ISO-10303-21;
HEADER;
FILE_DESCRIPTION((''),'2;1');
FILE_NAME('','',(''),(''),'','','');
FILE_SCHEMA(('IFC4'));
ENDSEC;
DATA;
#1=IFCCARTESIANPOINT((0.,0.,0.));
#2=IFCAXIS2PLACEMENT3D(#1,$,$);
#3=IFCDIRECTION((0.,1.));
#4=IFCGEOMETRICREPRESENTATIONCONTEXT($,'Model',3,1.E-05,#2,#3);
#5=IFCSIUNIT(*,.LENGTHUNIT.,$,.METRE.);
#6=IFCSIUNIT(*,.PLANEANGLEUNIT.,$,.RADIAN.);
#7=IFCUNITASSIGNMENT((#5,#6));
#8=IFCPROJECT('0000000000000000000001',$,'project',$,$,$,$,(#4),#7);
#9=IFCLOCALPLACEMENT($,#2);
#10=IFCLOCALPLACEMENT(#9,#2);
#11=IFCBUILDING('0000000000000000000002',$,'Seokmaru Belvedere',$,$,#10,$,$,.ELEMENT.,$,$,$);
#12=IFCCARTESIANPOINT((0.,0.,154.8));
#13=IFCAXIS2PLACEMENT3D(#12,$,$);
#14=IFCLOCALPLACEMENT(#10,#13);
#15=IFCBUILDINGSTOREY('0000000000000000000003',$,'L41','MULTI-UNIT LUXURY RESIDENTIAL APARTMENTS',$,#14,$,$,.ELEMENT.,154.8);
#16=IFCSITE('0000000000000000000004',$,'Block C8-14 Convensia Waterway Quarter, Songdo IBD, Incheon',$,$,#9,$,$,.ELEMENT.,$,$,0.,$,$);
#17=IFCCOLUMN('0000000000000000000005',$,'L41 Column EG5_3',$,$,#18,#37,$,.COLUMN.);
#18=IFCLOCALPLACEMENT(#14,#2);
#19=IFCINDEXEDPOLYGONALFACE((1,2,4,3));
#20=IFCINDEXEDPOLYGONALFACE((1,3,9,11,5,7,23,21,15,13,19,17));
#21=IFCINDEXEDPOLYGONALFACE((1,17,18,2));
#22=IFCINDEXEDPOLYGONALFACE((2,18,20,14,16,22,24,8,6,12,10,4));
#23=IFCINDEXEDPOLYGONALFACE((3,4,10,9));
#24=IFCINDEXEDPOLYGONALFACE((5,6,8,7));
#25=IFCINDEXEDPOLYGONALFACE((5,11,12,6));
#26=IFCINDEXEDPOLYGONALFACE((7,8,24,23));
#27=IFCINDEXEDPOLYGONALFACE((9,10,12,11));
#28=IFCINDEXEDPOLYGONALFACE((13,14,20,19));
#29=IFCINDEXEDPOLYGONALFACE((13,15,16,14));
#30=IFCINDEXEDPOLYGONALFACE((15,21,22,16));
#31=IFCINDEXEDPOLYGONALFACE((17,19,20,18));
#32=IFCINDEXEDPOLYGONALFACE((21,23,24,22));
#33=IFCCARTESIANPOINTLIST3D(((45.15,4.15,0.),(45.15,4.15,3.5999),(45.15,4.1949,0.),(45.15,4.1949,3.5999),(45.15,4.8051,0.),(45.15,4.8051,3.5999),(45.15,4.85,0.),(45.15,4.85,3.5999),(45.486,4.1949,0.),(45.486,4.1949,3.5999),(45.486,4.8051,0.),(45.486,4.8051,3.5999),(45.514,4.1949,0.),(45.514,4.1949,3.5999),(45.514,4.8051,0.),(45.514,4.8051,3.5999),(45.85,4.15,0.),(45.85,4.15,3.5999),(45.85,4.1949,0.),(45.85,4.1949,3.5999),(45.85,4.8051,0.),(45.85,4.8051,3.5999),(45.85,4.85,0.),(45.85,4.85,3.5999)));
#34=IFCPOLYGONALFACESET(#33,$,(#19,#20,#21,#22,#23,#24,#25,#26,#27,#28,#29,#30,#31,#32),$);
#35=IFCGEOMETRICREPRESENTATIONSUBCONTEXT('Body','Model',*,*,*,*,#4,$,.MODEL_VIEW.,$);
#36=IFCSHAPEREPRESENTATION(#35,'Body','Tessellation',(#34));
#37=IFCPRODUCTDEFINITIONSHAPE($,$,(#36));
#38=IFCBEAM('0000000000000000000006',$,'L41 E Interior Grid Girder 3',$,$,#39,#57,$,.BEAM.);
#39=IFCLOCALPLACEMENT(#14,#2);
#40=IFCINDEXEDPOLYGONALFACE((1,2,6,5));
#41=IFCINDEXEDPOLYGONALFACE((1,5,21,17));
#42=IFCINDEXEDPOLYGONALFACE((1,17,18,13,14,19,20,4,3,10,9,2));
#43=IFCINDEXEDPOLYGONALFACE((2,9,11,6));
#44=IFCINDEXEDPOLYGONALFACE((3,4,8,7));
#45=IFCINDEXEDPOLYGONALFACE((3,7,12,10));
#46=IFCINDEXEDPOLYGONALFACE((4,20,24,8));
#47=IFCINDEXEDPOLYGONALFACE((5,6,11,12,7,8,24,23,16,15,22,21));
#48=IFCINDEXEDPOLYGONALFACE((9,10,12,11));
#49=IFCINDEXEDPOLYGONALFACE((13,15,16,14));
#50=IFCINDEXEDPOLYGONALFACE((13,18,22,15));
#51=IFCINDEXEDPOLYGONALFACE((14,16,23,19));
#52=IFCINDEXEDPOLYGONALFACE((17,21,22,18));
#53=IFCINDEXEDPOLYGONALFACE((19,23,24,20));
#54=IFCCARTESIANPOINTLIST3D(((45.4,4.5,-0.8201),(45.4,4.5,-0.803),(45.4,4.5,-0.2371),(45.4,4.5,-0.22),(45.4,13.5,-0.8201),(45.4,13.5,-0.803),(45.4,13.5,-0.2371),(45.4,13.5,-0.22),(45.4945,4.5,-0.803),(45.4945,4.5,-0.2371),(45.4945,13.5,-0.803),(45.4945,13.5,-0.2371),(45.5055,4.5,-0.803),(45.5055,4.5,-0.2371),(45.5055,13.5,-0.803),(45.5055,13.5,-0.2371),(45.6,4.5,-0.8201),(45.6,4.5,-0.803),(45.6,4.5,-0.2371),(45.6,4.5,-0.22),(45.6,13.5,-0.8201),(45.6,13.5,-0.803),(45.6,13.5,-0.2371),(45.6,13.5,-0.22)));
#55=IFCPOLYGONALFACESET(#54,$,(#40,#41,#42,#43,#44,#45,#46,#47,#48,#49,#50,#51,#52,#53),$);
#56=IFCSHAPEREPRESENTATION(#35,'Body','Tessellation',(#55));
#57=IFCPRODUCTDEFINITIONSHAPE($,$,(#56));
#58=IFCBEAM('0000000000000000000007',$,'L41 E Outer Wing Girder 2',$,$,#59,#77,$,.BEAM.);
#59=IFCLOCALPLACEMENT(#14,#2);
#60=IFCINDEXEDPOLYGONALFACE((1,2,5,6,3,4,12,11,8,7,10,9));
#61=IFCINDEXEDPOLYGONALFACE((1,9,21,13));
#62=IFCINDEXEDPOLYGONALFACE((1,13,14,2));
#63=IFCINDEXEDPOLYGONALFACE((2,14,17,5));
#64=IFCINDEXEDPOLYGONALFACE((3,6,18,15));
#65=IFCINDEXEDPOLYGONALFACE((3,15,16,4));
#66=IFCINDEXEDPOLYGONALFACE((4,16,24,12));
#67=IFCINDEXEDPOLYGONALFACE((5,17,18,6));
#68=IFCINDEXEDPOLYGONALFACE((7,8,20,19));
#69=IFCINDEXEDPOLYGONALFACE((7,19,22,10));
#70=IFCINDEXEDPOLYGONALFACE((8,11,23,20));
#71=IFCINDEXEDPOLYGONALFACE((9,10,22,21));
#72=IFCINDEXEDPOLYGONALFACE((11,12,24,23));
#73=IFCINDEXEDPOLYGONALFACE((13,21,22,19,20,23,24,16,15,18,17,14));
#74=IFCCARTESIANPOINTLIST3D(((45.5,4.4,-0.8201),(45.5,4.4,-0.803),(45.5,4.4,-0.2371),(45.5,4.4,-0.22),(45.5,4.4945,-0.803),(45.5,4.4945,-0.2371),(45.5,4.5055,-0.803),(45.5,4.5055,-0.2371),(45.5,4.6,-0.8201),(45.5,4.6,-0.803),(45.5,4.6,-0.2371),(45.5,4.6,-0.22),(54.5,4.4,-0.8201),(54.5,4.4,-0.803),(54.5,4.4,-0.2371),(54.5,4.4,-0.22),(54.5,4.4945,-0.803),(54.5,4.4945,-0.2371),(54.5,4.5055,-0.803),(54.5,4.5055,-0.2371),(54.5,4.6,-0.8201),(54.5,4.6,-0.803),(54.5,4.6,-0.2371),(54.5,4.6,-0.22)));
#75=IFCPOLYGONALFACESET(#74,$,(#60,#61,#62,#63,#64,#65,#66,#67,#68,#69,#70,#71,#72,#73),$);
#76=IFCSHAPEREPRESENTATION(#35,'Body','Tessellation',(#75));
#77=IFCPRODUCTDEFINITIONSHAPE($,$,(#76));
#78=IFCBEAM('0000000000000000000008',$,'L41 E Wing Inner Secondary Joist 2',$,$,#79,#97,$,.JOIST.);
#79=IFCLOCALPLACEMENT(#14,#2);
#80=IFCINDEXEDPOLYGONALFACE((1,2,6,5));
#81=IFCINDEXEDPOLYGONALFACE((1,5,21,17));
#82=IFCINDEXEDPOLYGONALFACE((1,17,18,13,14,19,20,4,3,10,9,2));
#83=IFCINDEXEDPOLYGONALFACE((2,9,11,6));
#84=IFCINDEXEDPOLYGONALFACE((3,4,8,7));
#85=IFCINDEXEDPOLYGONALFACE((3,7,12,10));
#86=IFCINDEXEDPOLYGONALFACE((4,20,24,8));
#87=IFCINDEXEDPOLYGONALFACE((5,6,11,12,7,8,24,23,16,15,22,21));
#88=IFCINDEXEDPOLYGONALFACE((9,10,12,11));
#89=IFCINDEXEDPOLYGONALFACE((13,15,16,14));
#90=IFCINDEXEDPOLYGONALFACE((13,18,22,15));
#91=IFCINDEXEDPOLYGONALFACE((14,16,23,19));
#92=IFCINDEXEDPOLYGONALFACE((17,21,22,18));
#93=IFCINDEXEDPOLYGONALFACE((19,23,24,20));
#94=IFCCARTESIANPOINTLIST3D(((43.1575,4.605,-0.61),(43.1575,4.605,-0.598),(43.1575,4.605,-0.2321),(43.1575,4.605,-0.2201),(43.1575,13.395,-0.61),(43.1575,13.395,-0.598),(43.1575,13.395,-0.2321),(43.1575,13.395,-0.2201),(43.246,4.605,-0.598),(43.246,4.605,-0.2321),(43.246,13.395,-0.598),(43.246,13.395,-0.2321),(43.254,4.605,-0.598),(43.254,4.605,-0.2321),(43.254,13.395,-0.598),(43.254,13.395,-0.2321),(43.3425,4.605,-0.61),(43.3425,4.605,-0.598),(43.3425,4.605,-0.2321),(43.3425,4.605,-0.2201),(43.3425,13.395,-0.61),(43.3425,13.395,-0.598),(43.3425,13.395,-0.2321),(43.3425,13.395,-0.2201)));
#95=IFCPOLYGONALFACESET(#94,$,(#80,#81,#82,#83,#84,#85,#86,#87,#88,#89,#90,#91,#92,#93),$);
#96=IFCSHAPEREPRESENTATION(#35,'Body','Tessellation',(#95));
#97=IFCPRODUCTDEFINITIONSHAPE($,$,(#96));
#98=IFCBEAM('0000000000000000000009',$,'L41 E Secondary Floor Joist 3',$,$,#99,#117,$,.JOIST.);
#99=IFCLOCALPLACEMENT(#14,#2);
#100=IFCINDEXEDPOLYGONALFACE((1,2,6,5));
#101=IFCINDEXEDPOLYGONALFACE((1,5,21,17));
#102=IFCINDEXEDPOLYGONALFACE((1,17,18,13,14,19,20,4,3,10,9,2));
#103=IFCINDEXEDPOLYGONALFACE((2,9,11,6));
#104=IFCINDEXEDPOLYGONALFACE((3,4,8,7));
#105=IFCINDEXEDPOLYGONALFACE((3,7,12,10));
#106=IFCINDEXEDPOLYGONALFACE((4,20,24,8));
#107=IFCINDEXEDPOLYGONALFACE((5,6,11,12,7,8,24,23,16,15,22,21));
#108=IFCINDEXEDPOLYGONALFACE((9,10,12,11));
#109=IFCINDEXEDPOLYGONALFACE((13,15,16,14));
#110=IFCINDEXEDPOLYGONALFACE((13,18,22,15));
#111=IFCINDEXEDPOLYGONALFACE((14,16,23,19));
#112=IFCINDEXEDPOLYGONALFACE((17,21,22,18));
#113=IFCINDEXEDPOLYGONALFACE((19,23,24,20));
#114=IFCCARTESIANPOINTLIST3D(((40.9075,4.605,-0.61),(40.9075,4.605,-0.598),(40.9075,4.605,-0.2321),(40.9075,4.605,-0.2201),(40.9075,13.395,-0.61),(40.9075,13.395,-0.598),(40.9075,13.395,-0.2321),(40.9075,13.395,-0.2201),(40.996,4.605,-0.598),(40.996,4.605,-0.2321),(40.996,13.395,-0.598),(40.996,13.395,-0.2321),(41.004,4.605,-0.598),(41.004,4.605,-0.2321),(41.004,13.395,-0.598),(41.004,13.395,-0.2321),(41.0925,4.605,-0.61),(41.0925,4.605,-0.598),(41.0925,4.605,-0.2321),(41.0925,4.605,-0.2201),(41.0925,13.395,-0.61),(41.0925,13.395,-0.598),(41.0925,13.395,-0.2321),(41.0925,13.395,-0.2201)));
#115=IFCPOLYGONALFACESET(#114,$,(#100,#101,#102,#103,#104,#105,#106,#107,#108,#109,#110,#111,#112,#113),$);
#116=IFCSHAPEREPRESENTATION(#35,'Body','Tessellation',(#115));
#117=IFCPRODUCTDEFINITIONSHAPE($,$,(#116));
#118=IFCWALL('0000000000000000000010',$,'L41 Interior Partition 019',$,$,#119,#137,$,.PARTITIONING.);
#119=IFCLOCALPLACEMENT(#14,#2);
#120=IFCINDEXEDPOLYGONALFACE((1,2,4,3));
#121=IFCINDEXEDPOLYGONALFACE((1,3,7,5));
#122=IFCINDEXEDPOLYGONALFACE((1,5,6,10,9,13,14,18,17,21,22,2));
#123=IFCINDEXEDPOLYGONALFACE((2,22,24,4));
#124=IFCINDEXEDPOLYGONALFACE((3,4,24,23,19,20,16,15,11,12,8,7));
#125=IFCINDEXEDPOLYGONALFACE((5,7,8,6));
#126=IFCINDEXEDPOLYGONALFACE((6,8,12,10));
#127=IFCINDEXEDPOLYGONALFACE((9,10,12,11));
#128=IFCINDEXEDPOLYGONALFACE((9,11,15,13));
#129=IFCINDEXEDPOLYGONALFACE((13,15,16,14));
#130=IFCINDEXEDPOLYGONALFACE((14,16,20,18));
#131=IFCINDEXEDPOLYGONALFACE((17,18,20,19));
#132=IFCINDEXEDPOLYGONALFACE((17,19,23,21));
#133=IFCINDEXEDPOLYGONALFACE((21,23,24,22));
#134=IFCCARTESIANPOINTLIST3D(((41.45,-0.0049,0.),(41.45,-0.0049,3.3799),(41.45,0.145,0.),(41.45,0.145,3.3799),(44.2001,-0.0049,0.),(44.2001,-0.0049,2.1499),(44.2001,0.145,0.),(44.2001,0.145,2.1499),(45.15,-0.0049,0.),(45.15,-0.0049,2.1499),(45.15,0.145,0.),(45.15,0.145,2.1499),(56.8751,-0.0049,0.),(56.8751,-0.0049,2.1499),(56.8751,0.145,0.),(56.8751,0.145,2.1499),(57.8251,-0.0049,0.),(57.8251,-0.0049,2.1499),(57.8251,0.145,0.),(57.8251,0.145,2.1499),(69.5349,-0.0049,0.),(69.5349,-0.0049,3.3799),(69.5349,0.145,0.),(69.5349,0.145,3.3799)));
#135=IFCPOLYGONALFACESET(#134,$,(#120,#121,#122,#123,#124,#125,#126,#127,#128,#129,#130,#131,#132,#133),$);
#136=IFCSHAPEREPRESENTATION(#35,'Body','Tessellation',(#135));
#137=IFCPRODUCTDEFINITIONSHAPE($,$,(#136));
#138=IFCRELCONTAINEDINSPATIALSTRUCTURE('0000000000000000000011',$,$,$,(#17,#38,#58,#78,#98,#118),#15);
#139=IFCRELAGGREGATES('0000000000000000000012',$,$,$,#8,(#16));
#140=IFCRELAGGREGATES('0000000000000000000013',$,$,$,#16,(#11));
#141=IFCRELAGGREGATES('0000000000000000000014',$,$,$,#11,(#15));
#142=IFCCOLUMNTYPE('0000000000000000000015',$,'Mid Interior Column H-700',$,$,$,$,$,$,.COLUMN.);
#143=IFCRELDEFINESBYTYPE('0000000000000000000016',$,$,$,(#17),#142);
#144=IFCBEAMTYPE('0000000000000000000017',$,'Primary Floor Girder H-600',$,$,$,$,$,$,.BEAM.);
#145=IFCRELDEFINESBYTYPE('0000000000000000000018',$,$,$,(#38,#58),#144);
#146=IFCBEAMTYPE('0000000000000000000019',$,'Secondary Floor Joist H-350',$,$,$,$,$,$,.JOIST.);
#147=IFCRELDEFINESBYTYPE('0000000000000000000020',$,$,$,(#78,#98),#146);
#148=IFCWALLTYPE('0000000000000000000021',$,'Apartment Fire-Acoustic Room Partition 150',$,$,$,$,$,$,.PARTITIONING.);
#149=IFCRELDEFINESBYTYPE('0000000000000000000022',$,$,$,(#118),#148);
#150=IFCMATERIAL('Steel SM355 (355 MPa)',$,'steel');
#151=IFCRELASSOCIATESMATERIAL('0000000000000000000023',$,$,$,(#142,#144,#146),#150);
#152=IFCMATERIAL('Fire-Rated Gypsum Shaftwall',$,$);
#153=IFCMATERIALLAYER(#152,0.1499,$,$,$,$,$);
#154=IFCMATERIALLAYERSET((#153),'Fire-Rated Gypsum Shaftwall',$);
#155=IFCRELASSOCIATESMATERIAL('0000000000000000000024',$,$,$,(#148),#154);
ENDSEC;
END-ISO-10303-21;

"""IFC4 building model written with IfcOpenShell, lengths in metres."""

from ifc_helpers import new_model, si_unit, direction, frame, frame_2d, origin, origin_2d, place, context, subcontext, project, spatial, rectangle, i_section, extrude, source, transform, mapped, material, layer, layer_set, material_profile, profile_set, type_object, type_shapes, element, save


model = new_model("IFC4")

# Units and contexts
model_context = context("Model", 3, precision=1e-05, world=origin(), true_north=direction((0.0, 1.0)))
body_context = subcontext(model_context, "Body", "Model", "MODEL_VIEW")
ifc_project = project(units=[si_unit("LENGTHUNIT", "METRE"), si_unit("PLANEANGLEUNIT", "RADIAN")], contexts=[model_context])

# Site, building, storey
site_placement = place(None, origin())
site = spatial("IfcSite", under=ifc_project, at=site_placement, Name="Block C8-14 Convensia Waterway Quarter, Songdo IBD, Incheon", CompositionType="ELEMENT", RefElevation=0.0)
building_placement = place(site_placement, origin())
building = spatial("IfcBuilding", under=site, at=building_placement, Name="Seokmaru Belvedere", CompositionType="ELEMENT")
storey_placement = place(building_placement, frame((0.0, 0.0, 154.8)))
storey = spatial("IfcBuildingStorey", under=building, at=storey_placement, Name="L41", Description="MULTI-UNIT LUXURY RESIDENTIAL APARTMENTS", CompositionType="ELEMENT", Elevation=154.8)

# Column
ifc_material_1 = material(Name="Steel SM355 (355 MPa)", Category="steel")
ifc_material_profile_1 = material_profile(ifc_material_1, i_section(OverallWidth=0.7, OverallDepth=0.7, WebThickness=0.0281, FlangeThickness=0.0449, at=origin_2d()), Name="H-700x700x28x45")
ifc_profile_set_1 = profile_set([ifc_material_profile_1], Name="Steel SM355 (355 MPa)")
column_type = type_object("IfcColumnType", Name="Mid Interior Column H-700", PredefinedType="COLUMN", material=ifc_profile_set_1)
shared_shape_1 = source(origin(), body_context, "Body", "SweptSolid", [
    extrude(i_section(OverallWidth=0.7, OverallDepth=0.7, WebThickness=0.0281, FlangeThickness=0.0449, at=origin_2d()), origin(), (0.0, 0.0, 1.0), 3.5999),
])
type_shapes(column_type, [shared_shape_1])
column_placement = place(storey_placement, frame((45.5, 4.5, 0.0), z_axis=(0.0, 0.0, 1.0), x_axis=(1.0, 0.0, 0.0)))
element("IfcColumn", 1, at=column_placement, inside=storey, type_object=column_type, Name="L41 Column EG5_3", PredefinedType="COLUMN", context=body_context, shape_type="MappedRepresentation", body=[
    mapped(shared_shape_1, transform((0.0, 0.0, 0.0), scale=1.0)),
])

# Beams
ifc_material_profile_2 = material_profile(ifc_material_1, i_section(OverallWidth=0.2, OverallDepth=0.6001, WebThickness=0.011, FlangeThickness=0.0171, at=origin_2d()), Name="H-600x200x11x17")
ifc_profile_set_2 = profile_set([ifc_material_profile_2], Name="Steel SM355 (355 MPa)")
beam_type_1 = type_object("IfcBeamType", Name="Primary Floor Girder H-600", PredefinedType="BEAM", material=ifc_profile_set_2)
shared_shape_2 = source(origin(), body_context, "Body", "SweptSolid", [
    extrude(i_section(OverallWidth=0.2, OverallDepth=0.6001, WebThickness=0.011, FlangeThickness=0.0171, at=origin_2d()), origin(), (0.0, 0.0, 1.0), 9.0),
])
type_shapes(beam_type_1, [shared_shape_2])
for number, where, z_axis, x_axis, name in (
    (2, (45.5, 4.5, -0.52), (0.0, 1.0, 0.0), (-1.0, 0.0, 0.0), "L41 E Interior Grid Girder 3"),
    (3, (45.5, 4.5, -0.52), (1.0, 0.0, 0.0), (0.0, 1.0, 0.0), "L41 E Outer Wing Girder 2"),
):
    element("IfcBeam", number, at=place(storey_placement, frame(where, z_axis=z_axis, x_axis=x_axis)), inside=storey, type_object=beam_type_1, Name=name, PredefinedType="BEAM", context=body_context, shape_type="MappedRepresentation", body=[
        mapped(shared_shape_2, transform((0.0, 0.0, 0.0), scale=1.0)),
    ])
ifc_material_profile_3 = material_profile(ifc_material_1, i_section(OverallWidth=0.1851, OverallDepth=0.3899, WebThickness=0.0081, FlangeThickness=0.012, at=origin_2d()), Name="H-390x185x8x12")
ifc_profile_set_3 = profile_set([ifc_material_profile_3], Name="Steel SM355 (355 MPa)")
beam_type_2 = type_object("IfcBeamType", Name="Secondary Floor Joist H-350", PredefinedType="JOIST", material=ifc_profile_set_3)
shared_shape_3 = source(origin(), body_context, "Body", "SweptSolid", [
    extrude(i_section(OverallWidth=0.1851, OverallDepth=0.3899, WebThickness=0.0081, FlangeThickness=0.012, at=origin_2d()), origin(), (0.0, 0.0, 1.0), 8.79),
])
type_shapes(beam_type_2, [shared_shape_3])
for number, where, z_axis, x_axis, name in (
    (4, (43.25, 4.605, -0.415), (0.0, 1.0, 0.0), (-1.0, 0.0, 0.0), "L41 E Wing Inner Secondary Joist 2"),
    (5, (41.0, 4.605, -0.415), (0.0, 1.0, 0.0), (-1.0, 0.0, 0.0), "L41 E Secondary Floor Joist 3"),
):
    element("IfcBeam", number, at=place(storey_placement, frame(where, z_axis=z_axis, x_axis=x_axis)), inside=storey, type_object=beam_type_2, Name=name, PredefinedType="JOIST", context=body_context, shape_type="MappedRepresentation", body=[
        mapped(shared_shape_3, transform((0.0, 0.0, 0.0), scale=1.0)),
    ])

# Wall, openings
ifc_material_2 = material(Name="Fire-Rated Gypsum Shaftwall")
ifc_layer_1 = layer(ifc_material_2, 0.1499)
ifc_layer_set_1 = layer_set([ifc_layer_1], Name="Fire-Rated Gypsum Shaftwall")
wall_type_1 = type_object("IfcWallType", Name="Apartment Fire-Acoustic Room Partition 150", PredefinedType="PARTITIONING", material=ifc_layer_set_1)
wall_1_placement = place(storey_placement, frame((41.45, 0.0701, 0.0), z_axis=(0.0, 0.0, 1.0), x_axis=(1.0, 0.0, 0.0)))
wall_1 = element("IfcWall", 6, at=wall_1_placement, inside=storey, type_object=wall_type_1, Name="L41 Interior Partition 019", PredefinedType="PARTITIONING", context=body_context, shape_type="SweptSolid", body=[
    extrude(rectangle(XDim=28.085, YDim=0.1499, at=frame_2d((14.0425, 0.0))), origin(), (0.0, 0.0, 1.0), 3.3799),
])
opening_1_placement = place(wall_1_placement, frame((2.75, 0.0, 0.0)))
element("IfcOpeningElement", 7, at=opening_1_placement, cuts=wall_1, PredefinedType="OPENING", context=body_context, shape_type="SweptSolid", body=[
    extrude(rectangle(XDim=0.95, YDim=2.1499, at=frame_2d((0.4751, 1.075))), frame((0.0, 0.085, 0.0), z_axis=(0.0, -1.0, 0.0), x_axis=(1.0, 0.0, 0.0)), (0.0, 0.0, 1.0), 0.1699),
])
opening_2_placement = place(wall_1_placement, frame((15.425, 0.0, 0.0)))
element("IfcOpeningElement", 8, at=opening_2_placement, cuts=wall_1, PredefinedType="OPENING", context=body_context, shape_type="SweptSolid", body=[
    extrude(rectangle(XDim=0.95, YDim=2.1499, at=frame_2d((0.4751, 1.075))), frame((0.0, 0.085, 0.0), z_axis=(0.0, -1.0, 0.0), x_axis=(1.0, 0.0, 0.0)), (0.0, 0.0, 1.0), 0.1699),
])

save(model, "model.ifc")
